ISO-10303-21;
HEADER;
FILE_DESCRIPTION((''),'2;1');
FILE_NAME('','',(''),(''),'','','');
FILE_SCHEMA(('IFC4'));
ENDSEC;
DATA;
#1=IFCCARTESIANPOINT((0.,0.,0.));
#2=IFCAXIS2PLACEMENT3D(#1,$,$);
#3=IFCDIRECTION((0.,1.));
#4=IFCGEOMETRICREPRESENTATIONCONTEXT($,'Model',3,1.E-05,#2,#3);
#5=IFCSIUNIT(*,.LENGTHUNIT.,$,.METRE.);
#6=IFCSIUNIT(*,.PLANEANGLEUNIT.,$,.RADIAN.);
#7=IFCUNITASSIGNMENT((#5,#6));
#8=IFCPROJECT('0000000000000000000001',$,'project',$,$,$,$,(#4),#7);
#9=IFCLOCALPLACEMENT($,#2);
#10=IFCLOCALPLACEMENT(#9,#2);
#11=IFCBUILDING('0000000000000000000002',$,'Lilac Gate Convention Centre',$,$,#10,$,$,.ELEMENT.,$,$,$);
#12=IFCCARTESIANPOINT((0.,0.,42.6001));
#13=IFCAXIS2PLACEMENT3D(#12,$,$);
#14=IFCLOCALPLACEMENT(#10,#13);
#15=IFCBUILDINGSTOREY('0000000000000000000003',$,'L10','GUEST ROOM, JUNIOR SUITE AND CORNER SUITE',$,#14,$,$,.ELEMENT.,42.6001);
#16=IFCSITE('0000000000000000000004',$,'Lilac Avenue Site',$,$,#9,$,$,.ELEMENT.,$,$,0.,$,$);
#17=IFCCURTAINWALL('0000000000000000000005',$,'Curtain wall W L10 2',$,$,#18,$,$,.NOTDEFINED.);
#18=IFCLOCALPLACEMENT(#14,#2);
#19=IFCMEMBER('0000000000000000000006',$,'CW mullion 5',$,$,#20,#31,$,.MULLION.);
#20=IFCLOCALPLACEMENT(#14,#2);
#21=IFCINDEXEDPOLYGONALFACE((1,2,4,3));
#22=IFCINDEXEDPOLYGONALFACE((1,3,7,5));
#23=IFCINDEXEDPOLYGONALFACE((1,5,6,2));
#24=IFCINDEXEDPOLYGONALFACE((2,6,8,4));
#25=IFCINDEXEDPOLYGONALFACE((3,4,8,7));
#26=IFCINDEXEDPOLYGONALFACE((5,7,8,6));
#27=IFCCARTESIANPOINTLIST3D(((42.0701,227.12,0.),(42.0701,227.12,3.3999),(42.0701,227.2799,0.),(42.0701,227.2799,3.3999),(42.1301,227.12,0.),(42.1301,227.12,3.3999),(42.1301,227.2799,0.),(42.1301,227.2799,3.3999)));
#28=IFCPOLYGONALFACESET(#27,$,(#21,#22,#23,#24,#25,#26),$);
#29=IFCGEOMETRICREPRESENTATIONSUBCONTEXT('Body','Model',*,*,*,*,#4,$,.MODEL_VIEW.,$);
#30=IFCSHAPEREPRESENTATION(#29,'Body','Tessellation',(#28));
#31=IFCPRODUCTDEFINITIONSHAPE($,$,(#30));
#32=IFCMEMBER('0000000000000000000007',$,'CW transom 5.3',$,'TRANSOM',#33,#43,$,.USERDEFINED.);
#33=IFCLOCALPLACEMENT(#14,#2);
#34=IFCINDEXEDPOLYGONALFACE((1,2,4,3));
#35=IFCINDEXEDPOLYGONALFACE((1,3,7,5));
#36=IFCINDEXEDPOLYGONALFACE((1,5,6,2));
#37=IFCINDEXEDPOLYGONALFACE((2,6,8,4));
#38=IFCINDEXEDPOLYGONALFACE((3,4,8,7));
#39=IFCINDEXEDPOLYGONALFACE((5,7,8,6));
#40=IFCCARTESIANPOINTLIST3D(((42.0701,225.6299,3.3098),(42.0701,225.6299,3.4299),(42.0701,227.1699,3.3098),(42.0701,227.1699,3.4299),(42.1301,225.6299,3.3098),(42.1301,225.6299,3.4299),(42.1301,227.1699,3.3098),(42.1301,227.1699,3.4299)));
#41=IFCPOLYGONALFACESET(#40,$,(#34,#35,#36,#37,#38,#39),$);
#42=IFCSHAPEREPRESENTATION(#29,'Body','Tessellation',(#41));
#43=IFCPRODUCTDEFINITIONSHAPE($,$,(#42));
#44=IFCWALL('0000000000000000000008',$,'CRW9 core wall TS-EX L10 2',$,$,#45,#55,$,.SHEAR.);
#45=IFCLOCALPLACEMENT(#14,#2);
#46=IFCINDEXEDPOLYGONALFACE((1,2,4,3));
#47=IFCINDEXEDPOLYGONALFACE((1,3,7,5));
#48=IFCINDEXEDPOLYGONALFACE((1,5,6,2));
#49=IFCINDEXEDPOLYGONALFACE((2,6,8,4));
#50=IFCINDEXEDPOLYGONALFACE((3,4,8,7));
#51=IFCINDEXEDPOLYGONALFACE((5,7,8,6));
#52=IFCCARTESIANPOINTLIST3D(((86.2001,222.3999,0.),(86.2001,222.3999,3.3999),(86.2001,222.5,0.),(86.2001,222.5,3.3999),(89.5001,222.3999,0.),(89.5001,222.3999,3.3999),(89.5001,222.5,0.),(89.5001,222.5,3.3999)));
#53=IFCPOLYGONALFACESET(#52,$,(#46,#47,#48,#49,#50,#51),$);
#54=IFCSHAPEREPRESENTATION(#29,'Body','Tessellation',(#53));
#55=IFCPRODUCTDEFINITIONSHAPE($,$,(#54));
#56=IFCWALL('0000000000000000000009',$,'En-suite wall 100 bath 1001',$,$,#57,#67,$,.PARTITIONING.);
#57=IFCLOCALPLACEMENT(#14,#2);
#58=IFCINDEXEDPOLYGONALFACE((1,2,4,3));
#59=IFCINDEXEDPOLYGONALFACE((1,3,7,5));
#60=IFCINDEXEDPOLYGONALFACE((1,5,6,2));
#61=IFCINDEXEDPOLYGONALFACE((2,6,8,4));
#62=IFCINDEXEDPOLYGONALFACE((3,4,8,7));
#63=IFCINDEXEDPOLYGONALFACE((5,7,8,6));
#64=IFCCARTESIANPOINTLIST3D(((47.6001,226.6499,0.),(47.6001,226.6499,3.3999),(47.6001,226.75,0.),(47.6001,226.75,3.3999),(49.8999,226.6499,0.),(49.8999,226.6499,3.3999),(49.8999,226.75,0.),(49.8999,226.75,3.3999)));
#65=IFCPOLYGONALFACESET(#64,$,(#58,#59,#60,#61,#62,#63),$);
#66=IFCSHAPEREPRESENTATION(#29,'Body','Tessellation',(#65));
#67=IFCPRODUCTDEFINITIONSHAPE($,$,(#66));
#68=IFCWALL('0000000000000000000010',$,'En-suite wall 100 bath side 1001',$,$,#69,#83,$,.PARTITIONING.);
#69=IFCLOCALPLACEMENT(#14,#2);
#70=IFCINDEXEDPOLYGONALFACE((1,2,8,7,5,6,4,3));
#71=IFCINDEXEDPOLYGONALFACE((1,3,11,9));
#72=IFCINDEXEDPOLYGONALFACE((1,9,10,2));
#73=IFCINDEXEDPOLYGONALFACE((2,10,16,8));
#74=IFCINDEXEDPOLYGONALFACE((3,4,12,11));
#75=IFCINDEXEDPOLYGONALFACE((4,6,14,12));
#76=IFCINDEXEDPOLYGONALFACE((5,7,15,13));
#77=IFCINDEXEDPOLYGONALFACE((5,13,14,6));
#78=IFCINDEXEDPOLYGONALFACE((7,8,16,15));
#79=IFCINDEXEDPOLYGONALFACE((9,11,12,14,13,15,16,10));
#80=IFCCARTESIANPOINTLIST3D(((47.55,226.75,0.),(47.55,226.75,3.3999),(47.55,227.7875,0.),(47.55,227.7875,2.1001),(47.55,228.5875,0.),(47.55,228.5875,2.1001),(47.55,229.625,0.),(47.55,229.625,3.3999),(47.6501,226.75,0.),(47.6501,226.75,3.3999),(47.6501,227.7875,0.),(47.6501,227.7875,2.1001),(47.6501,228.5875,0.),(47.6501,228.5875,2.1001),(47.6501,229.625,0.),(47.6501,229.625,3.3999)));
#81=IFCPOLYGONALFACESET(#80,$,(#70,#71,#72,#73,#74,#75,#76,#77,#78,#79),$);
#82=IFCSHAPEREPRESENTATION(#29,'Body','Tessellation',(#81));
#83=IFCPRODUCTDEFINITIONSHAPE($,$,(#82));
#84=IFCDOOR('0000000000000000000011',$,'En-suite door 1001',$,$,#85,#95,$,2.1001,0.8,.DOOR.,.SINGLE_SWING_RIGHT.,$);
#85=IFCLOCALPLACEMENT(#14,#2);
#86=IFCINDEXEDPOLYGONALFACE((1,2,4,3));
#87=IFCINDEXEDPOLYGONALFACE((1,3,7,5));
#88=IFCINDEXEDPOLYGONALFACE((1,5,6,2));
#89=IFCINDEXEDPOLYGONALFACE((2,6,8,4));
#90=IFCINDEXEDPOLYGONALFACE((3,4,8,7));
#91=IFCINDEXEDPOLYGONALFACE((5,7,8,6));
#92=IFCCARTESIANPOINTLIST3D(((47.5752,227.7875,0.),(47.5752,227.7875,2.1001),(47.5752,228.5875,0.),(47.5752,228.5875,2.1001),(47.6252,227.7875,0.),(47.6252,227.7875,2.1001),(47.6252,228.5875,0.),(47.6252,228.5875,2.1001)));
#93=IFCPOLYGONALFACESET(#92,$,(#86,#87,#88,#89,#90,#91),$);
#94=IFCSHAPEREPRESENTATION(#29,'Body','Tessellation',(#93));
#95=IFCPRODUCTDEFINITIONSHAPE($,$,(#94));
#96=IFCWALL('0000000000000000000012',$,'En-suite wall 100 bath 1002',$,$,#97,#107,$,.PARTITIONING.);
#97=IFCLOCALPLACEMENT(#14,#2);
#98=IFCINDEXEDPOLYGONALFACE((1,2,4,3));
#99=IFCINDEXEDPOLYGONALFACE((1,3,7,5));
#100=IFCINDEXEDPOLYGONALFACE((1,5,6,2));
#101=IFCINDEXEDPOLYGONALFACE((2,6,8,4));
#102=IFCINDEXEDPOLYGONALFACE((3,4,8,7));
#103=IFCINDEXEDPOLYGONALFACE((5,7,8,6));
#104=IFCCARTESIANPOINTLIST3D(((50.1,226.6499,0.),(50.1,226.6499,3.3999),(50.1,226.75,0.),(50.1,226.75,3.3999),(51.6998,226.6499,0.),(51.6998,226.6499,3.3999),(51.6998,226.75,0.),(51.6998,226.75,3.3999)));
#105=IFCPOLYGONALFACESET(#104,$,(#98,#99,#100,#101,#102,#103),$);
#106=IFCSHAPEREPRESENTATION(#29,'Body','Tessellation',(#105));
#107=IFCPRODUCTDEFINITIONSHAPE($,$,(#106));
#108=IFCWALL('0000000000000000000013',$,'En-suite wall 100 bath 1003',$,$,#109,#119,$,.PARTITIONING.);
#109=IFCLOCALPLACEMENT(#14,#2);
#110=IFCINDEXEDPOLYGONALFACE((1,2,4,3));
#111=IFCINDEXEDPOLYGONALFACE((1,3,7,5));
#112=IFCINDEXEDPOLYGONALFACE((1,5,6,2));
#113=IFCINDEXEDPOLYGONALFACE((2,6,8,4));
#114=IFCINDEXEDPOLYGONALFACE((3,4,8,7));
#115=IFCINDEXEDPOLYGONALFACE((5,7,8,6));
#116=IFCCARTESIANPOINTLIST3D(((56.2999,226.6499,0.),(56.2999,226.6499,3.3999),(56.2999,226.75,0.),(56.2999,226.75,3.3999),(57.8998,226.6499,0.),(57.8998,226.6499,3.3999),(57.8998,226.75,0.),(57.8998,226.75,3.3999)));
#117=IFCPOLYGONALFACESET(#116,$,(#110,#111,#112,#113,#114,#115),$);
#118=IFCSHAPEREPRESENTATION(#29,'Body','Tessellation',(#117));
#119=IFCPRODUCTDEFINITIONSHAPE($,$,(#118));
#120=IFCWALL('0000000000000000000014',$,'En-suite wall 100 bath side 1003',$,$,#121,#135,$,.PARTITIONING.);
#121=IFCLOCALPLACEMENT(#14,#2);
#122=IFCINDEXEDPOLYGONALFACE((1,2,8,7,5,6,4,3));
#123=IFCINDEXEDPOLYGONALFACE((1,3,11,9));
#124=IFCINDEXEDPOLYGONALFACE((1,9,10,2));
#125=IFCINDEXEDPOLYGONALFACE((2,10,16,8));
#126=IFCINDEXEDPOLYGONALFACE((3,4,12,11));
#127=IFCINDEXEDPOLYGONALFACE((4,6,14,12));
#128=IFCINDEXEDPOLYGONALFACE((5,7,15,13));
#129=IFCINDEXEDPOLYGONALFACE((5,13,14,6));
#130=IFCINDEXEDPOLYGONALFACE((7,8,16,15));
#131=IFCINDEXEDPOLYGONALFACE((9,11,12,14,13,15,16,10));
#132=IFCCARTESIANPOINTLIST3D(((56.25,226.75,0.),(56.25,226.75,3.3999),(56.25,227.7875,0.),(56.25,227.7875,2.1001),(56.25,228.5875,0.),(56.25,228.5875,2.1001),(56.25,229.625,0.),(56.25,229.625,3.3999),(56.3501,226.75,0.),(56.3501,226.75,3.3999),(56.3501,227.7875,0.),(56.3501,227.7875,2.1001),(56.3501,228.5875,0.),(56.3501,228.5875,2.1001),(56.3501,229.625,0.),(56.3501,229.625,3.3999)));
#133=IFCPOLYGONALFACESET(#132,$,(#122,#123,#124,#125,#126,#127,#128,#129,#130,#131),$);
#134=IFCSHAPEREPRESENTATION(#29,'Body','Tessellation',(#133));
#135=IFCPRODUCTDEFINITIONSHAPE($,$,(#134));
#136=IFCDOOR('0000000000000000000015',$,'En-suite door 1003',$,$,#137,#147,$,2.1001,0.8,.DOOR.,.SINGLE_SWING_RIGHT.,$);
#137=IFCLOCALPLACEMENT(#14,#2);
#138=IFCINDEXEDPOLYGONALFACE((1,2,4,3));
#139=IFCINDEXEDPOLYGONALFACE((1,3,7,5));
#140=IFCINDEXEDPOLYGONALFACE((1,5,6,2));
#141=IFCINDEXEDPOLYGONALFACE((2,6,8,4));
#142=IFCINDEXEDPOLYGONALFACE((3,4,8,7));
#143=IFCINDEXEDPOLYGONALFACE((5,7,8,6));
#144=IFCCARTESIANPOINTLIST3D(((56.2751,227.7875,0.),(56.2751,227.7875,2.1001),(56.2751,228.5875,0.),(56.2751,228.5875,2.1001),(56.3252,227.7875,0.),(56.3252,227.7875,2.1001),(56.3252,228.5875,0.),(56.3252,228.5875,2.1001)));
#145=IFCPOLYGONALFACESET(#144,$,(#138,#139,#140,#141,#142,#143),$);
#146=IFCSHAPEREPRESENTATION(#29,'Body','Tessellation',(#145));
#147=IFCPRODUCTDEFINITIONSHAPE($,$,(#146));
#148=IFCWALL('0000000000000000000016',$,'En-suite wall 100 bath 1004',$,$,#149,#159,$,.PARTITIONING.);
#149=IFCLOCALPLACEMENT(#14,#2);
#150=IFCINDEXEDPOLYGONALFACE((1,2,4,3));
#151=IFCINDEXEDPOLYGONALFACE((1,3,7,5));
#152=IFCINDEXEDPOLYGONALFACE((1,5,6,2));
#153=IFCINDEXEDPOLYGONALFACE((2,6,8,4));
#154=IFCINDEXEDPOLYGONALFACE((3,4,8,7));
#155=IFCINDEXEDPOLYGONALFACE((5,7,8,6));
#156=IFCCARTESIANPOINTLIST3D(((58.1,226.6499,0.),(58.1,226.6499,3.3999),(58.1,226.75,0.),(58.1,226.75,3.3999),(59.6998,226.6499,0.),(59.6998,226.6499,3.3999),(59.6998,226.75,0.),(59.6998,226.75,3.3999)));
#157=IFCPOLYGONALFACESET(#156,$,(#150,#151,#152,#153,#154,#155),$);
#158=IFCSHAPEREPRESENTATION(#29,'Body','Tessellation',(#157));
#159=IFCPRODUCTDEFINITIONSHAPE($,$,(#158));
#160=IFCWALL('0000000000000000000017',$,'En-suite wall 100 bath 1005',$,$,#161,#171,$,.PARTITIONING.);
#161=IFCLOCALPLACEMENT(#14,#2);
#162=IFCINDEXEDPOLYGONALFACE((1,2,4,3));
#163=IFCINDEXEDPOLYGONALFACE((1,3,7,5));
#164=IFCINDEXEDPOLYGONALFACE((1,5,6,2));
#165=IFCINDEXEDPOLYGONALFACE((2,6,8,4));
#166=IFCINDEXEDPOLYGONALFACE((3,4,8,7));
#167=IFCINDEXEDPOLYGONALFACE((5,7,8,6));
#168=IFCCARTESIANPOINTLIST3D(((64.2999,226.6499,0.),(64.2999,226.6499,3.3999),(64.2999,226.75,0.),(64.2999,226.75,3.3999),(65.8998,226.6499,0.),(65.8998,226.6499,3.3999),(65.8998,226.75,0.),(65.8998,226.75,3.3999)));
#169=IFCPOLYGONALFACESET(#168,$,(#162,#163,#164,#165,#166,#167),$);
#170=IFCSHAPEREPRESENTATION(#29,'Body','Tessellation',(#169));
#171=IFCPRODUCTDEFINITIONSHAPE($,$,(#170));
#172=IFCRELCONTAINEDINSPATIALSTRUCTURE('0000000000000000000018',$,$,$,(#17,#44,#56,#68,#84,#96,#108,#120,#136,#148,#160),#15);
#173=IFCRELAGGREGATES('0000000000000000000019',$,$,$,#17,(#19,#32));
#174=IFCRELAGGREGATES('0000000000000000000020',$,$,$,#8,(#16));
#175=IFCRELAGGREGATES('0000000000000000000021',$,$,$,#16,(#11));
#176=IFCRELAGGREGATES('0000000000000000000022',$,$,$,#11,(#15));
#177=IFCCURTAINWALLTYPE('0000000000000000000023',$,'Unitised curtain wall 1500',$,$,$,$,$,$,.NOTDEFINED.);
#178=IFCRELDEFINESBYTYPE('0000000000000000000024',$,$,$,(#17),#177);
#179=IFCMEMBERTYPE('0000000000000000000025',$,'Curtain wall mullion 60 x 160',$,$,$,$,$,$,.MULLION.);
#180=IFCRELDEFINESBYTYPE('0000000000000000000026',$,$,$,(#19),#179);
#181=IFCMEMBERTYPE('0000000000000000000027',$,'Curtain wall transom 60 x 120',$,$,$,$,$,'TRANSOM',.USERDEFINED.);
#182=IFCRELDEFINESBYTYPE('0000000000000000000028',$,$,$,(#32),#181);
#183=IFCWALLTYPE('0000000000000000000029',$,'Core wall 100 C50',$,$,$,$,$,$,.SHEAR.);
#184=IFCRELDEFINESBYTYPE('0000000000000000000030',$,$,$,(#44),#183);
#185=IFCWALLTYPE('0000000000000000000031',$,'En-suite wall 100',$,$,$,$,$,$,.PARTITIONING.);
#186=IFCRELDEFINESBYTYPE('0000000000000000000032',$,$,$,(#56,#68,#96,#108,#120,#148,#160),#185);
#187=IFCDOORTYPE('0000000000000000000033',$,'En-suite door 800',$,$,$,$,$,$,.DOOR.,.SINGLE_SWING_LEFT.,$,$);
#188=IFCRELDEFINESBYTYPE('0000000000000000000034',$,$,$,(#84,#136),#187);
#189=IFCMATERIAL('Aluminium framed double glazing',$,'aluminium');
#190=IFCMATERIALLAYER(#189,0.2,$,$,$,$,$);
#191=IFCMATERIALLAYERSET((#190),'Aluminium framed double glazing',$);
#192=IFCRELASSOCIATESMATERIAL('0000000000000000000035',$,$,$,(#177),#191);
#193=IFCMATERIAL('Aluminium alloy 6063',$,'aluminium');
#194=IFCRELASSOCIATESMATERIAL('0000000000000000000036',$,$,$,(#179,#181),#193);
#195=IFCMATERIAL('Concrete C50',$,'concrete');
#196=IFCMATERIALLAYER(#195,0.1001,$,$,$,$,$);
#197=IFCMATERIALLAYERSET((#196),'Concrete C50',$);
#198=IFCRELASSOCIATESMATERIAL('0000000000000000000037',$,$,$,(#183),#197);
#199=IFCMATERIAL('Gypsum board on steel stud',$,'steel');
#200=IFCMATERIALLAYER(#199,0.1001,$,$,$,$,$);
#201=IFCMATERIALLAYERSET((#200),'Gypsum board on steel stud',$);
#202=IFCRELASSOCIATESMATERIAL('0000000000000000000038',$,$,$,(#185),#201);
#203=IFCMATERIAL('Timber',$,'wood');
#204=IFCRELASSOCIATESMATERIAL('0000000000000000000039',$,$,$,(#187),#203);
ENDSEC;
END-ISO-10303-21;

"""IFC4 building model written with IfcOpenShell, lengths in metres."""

from ifc_helpers import new_model, si_unit, direction, frame, frame_2d, origin, origin_2d, place, context, subcontext, project, spatial, rectangle, extrude, material, layer, layer_set, material_profile, profile_set, type_object, element, fill, aggregate, save


model = new_model("IFC4")

# Units and contexts
model_context = context("Model", 3, precision=1e-05, world=origin(), true_north=direction((0.0, 1.0)))
body_context = subcontext(model_context, "Body", "Model", "MODEL_VIEW")
ifc_project = project(units=[si_unit("LENGTHUNIT", "METRE"), si_unit("PLANEANGLEUNIT", "RADIAN")], contexts=[model_context])

# Site, building, storey
site_placement = place(None, origin())
site = spatial("IfcSite", under=ifc_project, at=site_placement, Name="Lilac Avenue Site", CompositionType="ELEMENT", RefElevation=0.0)
building_placement = place(site_placement, origin())
building = spatial("IfcBuilding", under=site, at=building_placement, Name="Lilac Gate Convention Centre", CompositionType="ELEMENT")
storey_placement = place(building_placement, frame((0.0, 0.0, 42.6001)))
storey = spatial("IfcBuildingStorey", under=building, at=storey_placement, Name="L10", Description="GUEST ROOM, JUNIOR SUITE AND CORNER SUITE", CompositionType="ELEMENT", Elevation=42.6001)

# Curtain wall, members
ifc_material_1 = material(Name="Aluminium framed double glazing", Category="aluminium")
ifc_layer_1 = layer(ifc_material_1, 0.2)
ifc_layer_set_1 = layer_set([ifc_layer_1], Name="Aluminium framed double glazing")
curtain_wall_type = type_object("IfcCurtainWallType", Name="Unitised curtain wall 1500", PredefinedType="NOTDEFINED", material=ifc_layer_set_1)
curtain_wall_placement = place(storey_placement, origin())
curtain_wall = element("IfcCurtainWall", 1, at=curtain_wall_placement, inside=storey, type_object=curtain_wall_type, Name="Curtain wall W L10 2", PredefinedType="NOTDEFINED")
ifc_material_2 = material(Name="Aluminium alloy 6063", Category="aluminium")
ifc_material_profile_1 = material_profile(ifc_material_2, rectangle(XDim=0.0601, YDim=0.1599, at=origin_2d()), Name="Curtain wall mullion 60 x 160")
ifc_profile_set_1 = profile_set([ifc_material_profile_1], Name="Aluminium alloy 6063")
member_type_1 = type_object("IfcMemberType", Name="Curtain wall mullion 60 x 160", PredefinedType="MULLION", material=ifc_profile_set_1)
member_1_placement = place(storey_placement, frame((42.1001, 227.2, 0.0), z_axis=(0.0, 0.0, 1.0), x_axis=(1.0, 0.0, 0.0)))
member_1 = element("IfcMember", 2, at=member_1_placement, type_object=member_type_1, Name="CW mullion 5", PredefinedType="MULLION", context=body_context, shape_type="SweptSolid", body=[
    extrude(rectangle(XDim=0.0601, YDim=0.1599, at=origin_2d()), origin(), (0.0, 0.0, 1.0), 3.3999),
])
ifc_material_profile_2 = material_profile(ifc_material_2, rectangle(XDim=0.0601, YDim=0.1201, at=origin_2d()), Name="Curtain wall transom 60 x 120")
ifc_profile_set_2 = profile_set([ifc_material_profile_2], Name="Aluminium alloy 6063")
member_type_2 = type_object("IfcMemberType", Name="Curtain wall transom 60 x 120", ElementType="TRANSOM", PredefinedType="USERDEFINED", material=ifc_profile_set_2)
member_2_placement = place(storey_placement, frame((42.1001, 227.1699, 3.3699), z_axis=(0.0, -1.0, 0.0), x_axis=(1.0, 0.0, 0.0)))
member_2 = element("IfcMember", 3, at=member_2_placement, type_object=member_type_2, Name="CW transom 5.3", ObjectType="TRANSOM", PredefinedType="USERDEFINED", context=body_context, shape_type="SweptSolid", body=[
    extrude(rectangle(XDim=0.0601, YDim=0.1201, at=origin_2d()), origin(), (0.0, 0.0, 1.0), 1.54),
])
aggregate(curtain_wall, [member_1, member_2])

# Walls
ifc_material_3 = material(Name="Concrete C50", Category="concrete")
ifc_layer_2 = layer(ifc_material_3, 0.1001)
ifc_layer_set_2 = layer_set([ifc_layer_2], Name="Concrete C50")
wall_type_1 = type_object("IfcWallType", Name="Core wall 100 C50", PredefinedType="SHEAR", material=ifc_layer_set_2)
wall_1_placement = place(storey_placement, frame((89.5, 222.45, 0.0), z_axis=(0.0, 0.0, 1.0), x_axis=(-1.0, 0.0, 0.0)))
element("IfcWall", 4, at=wall_1_placement, inside=storey, type_object=wall_type_1, Name="CRW9 core wall TS-EX L10 2", PredefinedType="SHEAR", context=body_context, shape_type="SweptSolid", body=[
    extrude(rectangle(XDim=3.3, YDim=0.1001, at=frame_2d((1.6499, 0.0))), origin(), (0.0, 0.0, 1.0), 3.3999),
])
ifc_material_4 = material(Name="Gypsum board on steel stud", Category="steel")
ifc_layer_3 = layer(ifc_material_4, 0.1001)
ifc_layer_set_3 = layer_set([ifc_layer_3], Name="Gypsum board on steel stud")
wall_type_2 = type_object("IfcWallType", Name="En-suite wall 100", PredefinedType="PARTITIONING", material=ifc_layer_set_3)
wall_2_placement = place(storey_placement, frame((47.6001, 226.7, 0.0), z_axis=(0.0, 0.0, 1.0), x_axis=(1.0, 0.0, 0.0)))
element("IfcWall", 5, at=wall_2_placement, inside=storey, type_object=wall_type_2, Name="En-suite wall 100 bath 1001", PredefinedType="PARTITIONING", context=body_context, shape_type="SweptSolid", body=[
    extrude(rectangle(XDim=2.2998, YDim=0.1001, at=frame_2d((1.1499, 0.0))), origin(), (0.0, 0.0, 1.0), 3.3999),
])

# Wall, opening, door
wall_3_placement = place(storey_placement, frame((47.6001, 226.75, 0.0), z_axis=(0.0, 0.0, 1.0), x_axis=(0.0, 1.0, 0.0)))
wall_3 = element("IfcWall", 6, at=wall_3_placement, inside=storey, type_object=wall_type_2, Name="En-suite wall 100 bath side 1001", PredefinedType="PARTITIONING", context=body_context, shape_type="SweptSolid", body=[
    extrude(rectangle(XDim=2.875, YDim=0.1001, at=frame_2d((1.4375, 0.0))), origin(), (0.0, 0.0, 1.0), 3.3999),
])
opening_1_placement = place(wall_3_placement, frame((1.0376, 0.0, 0.0)))
opening_1 = element("IfcOpeningElement", 7, at=opening_1_placement, cuts=wall_3, PredefinedType="OPENING", context=body_context, shape_type="SweptSolid", body=[
    extrude(rectangle(XDim=0.8, YDim=2.1001, at=frame_2d((0.3999, 1.05))), frame((0.0, 0.0601, 0.0), z_axis=(0.0, -1.0, 0.0), x_axis=(1.0, 0.0, 0.0)), (0.0, 0.0, 1.0), 0.1201),
])
ifc_material_5 = material(Name="Timber", Category="wood")
door_type = type_object("IfcDoorType", Name="En-suite door 800", OperationType="SINGLE_SWING_LEFT", PredefinedType="DOOR", material=ifc_material_5)
door_1_placement = place(opening_1_placement, origin())
door_1 = element("IfcDoor", 8, at=door_1_placement, inside=storey, type_object=door_type, Name="En-suite door 1001", OperationType="SINGLE_SWING_RIGHT", OverallHeight=2.1001, OverallWidth=0.8, PredefinedType="DOOR", context=body_context, shape_type="SweptSolid", body=[
    extrude(rectangle(XDim=0.8, YDim=2.1001, at=frame_2d((0.3999, 1.05))), frame((0.0, 0.0249, 0.0), z_axis=(0.0, -1.0, 0.0), x_axis=(1.0, 0.0, 0.0)), (0.0, 0.0, 1.0), 0.05),
])
fill(opening_1, door_1)

# Walls
for number, where, z_axis, x_axis, name in (
    (9, (50.1001, 226.7, 0.0), (0.0, 0.0, 1.0), (1.0, 0.0, 0.0), "En-suite wall 100 bath 1002"),
    (10, (56.3, 226.7, 0.0), (0.0, 0.0, 1.0), (1.0, 0.0, 0.0), "En-suite wall 100 bath 1003"),
):
    element("IfcWall", number, at=place(storey_placement, frame(where, z_axis=z_axis, x_axis=x_axis)), inside=storey, type_object=wall_type_2, Name=name, PredefinedType="PARTITIONING", context=body_context, shape_type="SweptSolid", body=[
        extrude(rectangle(XDim=1.5999, YDim=0.1001, at=frame_2d((0.7998, 0.0))), origin(), (0.0, 0.0, 1.0), 3.3999),
    ])

# Wall, opening, door
wall_4_placement = place(storey_placement, frame((56.3, 226.75, 0.0), z_axis=(0.0, 0.0, 1.0), x_axis=(0.0, 1.0, 0.0)))
wall_4 = element("IfcWall", 11, at=wall_4_placement, inside=storey, type_object=wall_type_2, Name="En-suite wall 100 bath side 1003", PredefinedType="PARTITIONING", context=body_context, shape_type="SweptSolid", body=[
    extrude(rectangle(XDim=2.875, YDim=0.1001, at=frame_2d((1.4375, 0.0))), origin(), (0.0, 0.0, 1.0), 3.3999),
])
opening_2_placement = place(wall_4_placement, frame((1.0376, 0.0, 0.0)))
opening_2 = element("IfcOpeningElement", 12, at=opening_2_placement, cuts=wall_4, PredefinedType="OPENING", context=body_context, shape_type="SweptSolid", body=[
    extrude(rectangle(XDim=0.8, YDim=2.1001, at=frame_2d((0.3999, 1.05))), frame((0.0, 0.0601, 0.0), z_axis=(0.0, -1.0, 0.0), x_axis=(1.0, 0.0, 0.0)), (0.0, 0.0, 1.0), 0.1201),
])
door_2_placement = place(opening_2_placement, origin())
door_2 = element("IfcDoor", 13, at=door_2_placement, inside=storey, type_object=door_type, Name="En-suite door 1003", OperationType="SINGLE_SWING_RIGHT", OverallHeight=2.1001, OverallWidth=0.8, PredefinedType="DOOR", context=body_context, shape_type="SweptSolid", body=[
    extrude(rectangle(XDim=0.8, YDim=2.1001, at=frame_2d((0.3999, 1.05))), frame((0.0, 0.0249, 0.0), z_axis=(0.0, -1.0, 0.0), x_axis=(1.0, 0.0, 0.0)), (0.0, 0.0, 1.0), 0.05),
])
fill(opening_2, door_2)

# Walls
for number, where, z_axis, x_axis, name in (
    (14, (58.1001, 226.7, 0.0), (0.0, 0.0, 1.0), (1.0, 0.0, 0.0), "En-suite wall 100 bath 1004"),
    (15, (64.3, 226.7, 0.0), (0.0, 0.0, 1.0), (1.0, 0.0, 0.0), "En-suite wall 100 bath 1005"),
):
    element("IfcWall", number, at=place(storey_placement, frame(where, z_axis=z_axis, x_axis=x_axis)), inside=storey, type_object=wall_type_2, Name=name, PredefinedType="PARTITIONING", context=body_context, shape_type="SweptSolid", body=[
        extrude(rectangle(XDim=1.5999, YDim=0.1001, at=frame_2d((0.7998, 0.0))), origin(), (0.0, 0.0, 1.0), 3.3999),
    ])

save(model, "model.ifc")
